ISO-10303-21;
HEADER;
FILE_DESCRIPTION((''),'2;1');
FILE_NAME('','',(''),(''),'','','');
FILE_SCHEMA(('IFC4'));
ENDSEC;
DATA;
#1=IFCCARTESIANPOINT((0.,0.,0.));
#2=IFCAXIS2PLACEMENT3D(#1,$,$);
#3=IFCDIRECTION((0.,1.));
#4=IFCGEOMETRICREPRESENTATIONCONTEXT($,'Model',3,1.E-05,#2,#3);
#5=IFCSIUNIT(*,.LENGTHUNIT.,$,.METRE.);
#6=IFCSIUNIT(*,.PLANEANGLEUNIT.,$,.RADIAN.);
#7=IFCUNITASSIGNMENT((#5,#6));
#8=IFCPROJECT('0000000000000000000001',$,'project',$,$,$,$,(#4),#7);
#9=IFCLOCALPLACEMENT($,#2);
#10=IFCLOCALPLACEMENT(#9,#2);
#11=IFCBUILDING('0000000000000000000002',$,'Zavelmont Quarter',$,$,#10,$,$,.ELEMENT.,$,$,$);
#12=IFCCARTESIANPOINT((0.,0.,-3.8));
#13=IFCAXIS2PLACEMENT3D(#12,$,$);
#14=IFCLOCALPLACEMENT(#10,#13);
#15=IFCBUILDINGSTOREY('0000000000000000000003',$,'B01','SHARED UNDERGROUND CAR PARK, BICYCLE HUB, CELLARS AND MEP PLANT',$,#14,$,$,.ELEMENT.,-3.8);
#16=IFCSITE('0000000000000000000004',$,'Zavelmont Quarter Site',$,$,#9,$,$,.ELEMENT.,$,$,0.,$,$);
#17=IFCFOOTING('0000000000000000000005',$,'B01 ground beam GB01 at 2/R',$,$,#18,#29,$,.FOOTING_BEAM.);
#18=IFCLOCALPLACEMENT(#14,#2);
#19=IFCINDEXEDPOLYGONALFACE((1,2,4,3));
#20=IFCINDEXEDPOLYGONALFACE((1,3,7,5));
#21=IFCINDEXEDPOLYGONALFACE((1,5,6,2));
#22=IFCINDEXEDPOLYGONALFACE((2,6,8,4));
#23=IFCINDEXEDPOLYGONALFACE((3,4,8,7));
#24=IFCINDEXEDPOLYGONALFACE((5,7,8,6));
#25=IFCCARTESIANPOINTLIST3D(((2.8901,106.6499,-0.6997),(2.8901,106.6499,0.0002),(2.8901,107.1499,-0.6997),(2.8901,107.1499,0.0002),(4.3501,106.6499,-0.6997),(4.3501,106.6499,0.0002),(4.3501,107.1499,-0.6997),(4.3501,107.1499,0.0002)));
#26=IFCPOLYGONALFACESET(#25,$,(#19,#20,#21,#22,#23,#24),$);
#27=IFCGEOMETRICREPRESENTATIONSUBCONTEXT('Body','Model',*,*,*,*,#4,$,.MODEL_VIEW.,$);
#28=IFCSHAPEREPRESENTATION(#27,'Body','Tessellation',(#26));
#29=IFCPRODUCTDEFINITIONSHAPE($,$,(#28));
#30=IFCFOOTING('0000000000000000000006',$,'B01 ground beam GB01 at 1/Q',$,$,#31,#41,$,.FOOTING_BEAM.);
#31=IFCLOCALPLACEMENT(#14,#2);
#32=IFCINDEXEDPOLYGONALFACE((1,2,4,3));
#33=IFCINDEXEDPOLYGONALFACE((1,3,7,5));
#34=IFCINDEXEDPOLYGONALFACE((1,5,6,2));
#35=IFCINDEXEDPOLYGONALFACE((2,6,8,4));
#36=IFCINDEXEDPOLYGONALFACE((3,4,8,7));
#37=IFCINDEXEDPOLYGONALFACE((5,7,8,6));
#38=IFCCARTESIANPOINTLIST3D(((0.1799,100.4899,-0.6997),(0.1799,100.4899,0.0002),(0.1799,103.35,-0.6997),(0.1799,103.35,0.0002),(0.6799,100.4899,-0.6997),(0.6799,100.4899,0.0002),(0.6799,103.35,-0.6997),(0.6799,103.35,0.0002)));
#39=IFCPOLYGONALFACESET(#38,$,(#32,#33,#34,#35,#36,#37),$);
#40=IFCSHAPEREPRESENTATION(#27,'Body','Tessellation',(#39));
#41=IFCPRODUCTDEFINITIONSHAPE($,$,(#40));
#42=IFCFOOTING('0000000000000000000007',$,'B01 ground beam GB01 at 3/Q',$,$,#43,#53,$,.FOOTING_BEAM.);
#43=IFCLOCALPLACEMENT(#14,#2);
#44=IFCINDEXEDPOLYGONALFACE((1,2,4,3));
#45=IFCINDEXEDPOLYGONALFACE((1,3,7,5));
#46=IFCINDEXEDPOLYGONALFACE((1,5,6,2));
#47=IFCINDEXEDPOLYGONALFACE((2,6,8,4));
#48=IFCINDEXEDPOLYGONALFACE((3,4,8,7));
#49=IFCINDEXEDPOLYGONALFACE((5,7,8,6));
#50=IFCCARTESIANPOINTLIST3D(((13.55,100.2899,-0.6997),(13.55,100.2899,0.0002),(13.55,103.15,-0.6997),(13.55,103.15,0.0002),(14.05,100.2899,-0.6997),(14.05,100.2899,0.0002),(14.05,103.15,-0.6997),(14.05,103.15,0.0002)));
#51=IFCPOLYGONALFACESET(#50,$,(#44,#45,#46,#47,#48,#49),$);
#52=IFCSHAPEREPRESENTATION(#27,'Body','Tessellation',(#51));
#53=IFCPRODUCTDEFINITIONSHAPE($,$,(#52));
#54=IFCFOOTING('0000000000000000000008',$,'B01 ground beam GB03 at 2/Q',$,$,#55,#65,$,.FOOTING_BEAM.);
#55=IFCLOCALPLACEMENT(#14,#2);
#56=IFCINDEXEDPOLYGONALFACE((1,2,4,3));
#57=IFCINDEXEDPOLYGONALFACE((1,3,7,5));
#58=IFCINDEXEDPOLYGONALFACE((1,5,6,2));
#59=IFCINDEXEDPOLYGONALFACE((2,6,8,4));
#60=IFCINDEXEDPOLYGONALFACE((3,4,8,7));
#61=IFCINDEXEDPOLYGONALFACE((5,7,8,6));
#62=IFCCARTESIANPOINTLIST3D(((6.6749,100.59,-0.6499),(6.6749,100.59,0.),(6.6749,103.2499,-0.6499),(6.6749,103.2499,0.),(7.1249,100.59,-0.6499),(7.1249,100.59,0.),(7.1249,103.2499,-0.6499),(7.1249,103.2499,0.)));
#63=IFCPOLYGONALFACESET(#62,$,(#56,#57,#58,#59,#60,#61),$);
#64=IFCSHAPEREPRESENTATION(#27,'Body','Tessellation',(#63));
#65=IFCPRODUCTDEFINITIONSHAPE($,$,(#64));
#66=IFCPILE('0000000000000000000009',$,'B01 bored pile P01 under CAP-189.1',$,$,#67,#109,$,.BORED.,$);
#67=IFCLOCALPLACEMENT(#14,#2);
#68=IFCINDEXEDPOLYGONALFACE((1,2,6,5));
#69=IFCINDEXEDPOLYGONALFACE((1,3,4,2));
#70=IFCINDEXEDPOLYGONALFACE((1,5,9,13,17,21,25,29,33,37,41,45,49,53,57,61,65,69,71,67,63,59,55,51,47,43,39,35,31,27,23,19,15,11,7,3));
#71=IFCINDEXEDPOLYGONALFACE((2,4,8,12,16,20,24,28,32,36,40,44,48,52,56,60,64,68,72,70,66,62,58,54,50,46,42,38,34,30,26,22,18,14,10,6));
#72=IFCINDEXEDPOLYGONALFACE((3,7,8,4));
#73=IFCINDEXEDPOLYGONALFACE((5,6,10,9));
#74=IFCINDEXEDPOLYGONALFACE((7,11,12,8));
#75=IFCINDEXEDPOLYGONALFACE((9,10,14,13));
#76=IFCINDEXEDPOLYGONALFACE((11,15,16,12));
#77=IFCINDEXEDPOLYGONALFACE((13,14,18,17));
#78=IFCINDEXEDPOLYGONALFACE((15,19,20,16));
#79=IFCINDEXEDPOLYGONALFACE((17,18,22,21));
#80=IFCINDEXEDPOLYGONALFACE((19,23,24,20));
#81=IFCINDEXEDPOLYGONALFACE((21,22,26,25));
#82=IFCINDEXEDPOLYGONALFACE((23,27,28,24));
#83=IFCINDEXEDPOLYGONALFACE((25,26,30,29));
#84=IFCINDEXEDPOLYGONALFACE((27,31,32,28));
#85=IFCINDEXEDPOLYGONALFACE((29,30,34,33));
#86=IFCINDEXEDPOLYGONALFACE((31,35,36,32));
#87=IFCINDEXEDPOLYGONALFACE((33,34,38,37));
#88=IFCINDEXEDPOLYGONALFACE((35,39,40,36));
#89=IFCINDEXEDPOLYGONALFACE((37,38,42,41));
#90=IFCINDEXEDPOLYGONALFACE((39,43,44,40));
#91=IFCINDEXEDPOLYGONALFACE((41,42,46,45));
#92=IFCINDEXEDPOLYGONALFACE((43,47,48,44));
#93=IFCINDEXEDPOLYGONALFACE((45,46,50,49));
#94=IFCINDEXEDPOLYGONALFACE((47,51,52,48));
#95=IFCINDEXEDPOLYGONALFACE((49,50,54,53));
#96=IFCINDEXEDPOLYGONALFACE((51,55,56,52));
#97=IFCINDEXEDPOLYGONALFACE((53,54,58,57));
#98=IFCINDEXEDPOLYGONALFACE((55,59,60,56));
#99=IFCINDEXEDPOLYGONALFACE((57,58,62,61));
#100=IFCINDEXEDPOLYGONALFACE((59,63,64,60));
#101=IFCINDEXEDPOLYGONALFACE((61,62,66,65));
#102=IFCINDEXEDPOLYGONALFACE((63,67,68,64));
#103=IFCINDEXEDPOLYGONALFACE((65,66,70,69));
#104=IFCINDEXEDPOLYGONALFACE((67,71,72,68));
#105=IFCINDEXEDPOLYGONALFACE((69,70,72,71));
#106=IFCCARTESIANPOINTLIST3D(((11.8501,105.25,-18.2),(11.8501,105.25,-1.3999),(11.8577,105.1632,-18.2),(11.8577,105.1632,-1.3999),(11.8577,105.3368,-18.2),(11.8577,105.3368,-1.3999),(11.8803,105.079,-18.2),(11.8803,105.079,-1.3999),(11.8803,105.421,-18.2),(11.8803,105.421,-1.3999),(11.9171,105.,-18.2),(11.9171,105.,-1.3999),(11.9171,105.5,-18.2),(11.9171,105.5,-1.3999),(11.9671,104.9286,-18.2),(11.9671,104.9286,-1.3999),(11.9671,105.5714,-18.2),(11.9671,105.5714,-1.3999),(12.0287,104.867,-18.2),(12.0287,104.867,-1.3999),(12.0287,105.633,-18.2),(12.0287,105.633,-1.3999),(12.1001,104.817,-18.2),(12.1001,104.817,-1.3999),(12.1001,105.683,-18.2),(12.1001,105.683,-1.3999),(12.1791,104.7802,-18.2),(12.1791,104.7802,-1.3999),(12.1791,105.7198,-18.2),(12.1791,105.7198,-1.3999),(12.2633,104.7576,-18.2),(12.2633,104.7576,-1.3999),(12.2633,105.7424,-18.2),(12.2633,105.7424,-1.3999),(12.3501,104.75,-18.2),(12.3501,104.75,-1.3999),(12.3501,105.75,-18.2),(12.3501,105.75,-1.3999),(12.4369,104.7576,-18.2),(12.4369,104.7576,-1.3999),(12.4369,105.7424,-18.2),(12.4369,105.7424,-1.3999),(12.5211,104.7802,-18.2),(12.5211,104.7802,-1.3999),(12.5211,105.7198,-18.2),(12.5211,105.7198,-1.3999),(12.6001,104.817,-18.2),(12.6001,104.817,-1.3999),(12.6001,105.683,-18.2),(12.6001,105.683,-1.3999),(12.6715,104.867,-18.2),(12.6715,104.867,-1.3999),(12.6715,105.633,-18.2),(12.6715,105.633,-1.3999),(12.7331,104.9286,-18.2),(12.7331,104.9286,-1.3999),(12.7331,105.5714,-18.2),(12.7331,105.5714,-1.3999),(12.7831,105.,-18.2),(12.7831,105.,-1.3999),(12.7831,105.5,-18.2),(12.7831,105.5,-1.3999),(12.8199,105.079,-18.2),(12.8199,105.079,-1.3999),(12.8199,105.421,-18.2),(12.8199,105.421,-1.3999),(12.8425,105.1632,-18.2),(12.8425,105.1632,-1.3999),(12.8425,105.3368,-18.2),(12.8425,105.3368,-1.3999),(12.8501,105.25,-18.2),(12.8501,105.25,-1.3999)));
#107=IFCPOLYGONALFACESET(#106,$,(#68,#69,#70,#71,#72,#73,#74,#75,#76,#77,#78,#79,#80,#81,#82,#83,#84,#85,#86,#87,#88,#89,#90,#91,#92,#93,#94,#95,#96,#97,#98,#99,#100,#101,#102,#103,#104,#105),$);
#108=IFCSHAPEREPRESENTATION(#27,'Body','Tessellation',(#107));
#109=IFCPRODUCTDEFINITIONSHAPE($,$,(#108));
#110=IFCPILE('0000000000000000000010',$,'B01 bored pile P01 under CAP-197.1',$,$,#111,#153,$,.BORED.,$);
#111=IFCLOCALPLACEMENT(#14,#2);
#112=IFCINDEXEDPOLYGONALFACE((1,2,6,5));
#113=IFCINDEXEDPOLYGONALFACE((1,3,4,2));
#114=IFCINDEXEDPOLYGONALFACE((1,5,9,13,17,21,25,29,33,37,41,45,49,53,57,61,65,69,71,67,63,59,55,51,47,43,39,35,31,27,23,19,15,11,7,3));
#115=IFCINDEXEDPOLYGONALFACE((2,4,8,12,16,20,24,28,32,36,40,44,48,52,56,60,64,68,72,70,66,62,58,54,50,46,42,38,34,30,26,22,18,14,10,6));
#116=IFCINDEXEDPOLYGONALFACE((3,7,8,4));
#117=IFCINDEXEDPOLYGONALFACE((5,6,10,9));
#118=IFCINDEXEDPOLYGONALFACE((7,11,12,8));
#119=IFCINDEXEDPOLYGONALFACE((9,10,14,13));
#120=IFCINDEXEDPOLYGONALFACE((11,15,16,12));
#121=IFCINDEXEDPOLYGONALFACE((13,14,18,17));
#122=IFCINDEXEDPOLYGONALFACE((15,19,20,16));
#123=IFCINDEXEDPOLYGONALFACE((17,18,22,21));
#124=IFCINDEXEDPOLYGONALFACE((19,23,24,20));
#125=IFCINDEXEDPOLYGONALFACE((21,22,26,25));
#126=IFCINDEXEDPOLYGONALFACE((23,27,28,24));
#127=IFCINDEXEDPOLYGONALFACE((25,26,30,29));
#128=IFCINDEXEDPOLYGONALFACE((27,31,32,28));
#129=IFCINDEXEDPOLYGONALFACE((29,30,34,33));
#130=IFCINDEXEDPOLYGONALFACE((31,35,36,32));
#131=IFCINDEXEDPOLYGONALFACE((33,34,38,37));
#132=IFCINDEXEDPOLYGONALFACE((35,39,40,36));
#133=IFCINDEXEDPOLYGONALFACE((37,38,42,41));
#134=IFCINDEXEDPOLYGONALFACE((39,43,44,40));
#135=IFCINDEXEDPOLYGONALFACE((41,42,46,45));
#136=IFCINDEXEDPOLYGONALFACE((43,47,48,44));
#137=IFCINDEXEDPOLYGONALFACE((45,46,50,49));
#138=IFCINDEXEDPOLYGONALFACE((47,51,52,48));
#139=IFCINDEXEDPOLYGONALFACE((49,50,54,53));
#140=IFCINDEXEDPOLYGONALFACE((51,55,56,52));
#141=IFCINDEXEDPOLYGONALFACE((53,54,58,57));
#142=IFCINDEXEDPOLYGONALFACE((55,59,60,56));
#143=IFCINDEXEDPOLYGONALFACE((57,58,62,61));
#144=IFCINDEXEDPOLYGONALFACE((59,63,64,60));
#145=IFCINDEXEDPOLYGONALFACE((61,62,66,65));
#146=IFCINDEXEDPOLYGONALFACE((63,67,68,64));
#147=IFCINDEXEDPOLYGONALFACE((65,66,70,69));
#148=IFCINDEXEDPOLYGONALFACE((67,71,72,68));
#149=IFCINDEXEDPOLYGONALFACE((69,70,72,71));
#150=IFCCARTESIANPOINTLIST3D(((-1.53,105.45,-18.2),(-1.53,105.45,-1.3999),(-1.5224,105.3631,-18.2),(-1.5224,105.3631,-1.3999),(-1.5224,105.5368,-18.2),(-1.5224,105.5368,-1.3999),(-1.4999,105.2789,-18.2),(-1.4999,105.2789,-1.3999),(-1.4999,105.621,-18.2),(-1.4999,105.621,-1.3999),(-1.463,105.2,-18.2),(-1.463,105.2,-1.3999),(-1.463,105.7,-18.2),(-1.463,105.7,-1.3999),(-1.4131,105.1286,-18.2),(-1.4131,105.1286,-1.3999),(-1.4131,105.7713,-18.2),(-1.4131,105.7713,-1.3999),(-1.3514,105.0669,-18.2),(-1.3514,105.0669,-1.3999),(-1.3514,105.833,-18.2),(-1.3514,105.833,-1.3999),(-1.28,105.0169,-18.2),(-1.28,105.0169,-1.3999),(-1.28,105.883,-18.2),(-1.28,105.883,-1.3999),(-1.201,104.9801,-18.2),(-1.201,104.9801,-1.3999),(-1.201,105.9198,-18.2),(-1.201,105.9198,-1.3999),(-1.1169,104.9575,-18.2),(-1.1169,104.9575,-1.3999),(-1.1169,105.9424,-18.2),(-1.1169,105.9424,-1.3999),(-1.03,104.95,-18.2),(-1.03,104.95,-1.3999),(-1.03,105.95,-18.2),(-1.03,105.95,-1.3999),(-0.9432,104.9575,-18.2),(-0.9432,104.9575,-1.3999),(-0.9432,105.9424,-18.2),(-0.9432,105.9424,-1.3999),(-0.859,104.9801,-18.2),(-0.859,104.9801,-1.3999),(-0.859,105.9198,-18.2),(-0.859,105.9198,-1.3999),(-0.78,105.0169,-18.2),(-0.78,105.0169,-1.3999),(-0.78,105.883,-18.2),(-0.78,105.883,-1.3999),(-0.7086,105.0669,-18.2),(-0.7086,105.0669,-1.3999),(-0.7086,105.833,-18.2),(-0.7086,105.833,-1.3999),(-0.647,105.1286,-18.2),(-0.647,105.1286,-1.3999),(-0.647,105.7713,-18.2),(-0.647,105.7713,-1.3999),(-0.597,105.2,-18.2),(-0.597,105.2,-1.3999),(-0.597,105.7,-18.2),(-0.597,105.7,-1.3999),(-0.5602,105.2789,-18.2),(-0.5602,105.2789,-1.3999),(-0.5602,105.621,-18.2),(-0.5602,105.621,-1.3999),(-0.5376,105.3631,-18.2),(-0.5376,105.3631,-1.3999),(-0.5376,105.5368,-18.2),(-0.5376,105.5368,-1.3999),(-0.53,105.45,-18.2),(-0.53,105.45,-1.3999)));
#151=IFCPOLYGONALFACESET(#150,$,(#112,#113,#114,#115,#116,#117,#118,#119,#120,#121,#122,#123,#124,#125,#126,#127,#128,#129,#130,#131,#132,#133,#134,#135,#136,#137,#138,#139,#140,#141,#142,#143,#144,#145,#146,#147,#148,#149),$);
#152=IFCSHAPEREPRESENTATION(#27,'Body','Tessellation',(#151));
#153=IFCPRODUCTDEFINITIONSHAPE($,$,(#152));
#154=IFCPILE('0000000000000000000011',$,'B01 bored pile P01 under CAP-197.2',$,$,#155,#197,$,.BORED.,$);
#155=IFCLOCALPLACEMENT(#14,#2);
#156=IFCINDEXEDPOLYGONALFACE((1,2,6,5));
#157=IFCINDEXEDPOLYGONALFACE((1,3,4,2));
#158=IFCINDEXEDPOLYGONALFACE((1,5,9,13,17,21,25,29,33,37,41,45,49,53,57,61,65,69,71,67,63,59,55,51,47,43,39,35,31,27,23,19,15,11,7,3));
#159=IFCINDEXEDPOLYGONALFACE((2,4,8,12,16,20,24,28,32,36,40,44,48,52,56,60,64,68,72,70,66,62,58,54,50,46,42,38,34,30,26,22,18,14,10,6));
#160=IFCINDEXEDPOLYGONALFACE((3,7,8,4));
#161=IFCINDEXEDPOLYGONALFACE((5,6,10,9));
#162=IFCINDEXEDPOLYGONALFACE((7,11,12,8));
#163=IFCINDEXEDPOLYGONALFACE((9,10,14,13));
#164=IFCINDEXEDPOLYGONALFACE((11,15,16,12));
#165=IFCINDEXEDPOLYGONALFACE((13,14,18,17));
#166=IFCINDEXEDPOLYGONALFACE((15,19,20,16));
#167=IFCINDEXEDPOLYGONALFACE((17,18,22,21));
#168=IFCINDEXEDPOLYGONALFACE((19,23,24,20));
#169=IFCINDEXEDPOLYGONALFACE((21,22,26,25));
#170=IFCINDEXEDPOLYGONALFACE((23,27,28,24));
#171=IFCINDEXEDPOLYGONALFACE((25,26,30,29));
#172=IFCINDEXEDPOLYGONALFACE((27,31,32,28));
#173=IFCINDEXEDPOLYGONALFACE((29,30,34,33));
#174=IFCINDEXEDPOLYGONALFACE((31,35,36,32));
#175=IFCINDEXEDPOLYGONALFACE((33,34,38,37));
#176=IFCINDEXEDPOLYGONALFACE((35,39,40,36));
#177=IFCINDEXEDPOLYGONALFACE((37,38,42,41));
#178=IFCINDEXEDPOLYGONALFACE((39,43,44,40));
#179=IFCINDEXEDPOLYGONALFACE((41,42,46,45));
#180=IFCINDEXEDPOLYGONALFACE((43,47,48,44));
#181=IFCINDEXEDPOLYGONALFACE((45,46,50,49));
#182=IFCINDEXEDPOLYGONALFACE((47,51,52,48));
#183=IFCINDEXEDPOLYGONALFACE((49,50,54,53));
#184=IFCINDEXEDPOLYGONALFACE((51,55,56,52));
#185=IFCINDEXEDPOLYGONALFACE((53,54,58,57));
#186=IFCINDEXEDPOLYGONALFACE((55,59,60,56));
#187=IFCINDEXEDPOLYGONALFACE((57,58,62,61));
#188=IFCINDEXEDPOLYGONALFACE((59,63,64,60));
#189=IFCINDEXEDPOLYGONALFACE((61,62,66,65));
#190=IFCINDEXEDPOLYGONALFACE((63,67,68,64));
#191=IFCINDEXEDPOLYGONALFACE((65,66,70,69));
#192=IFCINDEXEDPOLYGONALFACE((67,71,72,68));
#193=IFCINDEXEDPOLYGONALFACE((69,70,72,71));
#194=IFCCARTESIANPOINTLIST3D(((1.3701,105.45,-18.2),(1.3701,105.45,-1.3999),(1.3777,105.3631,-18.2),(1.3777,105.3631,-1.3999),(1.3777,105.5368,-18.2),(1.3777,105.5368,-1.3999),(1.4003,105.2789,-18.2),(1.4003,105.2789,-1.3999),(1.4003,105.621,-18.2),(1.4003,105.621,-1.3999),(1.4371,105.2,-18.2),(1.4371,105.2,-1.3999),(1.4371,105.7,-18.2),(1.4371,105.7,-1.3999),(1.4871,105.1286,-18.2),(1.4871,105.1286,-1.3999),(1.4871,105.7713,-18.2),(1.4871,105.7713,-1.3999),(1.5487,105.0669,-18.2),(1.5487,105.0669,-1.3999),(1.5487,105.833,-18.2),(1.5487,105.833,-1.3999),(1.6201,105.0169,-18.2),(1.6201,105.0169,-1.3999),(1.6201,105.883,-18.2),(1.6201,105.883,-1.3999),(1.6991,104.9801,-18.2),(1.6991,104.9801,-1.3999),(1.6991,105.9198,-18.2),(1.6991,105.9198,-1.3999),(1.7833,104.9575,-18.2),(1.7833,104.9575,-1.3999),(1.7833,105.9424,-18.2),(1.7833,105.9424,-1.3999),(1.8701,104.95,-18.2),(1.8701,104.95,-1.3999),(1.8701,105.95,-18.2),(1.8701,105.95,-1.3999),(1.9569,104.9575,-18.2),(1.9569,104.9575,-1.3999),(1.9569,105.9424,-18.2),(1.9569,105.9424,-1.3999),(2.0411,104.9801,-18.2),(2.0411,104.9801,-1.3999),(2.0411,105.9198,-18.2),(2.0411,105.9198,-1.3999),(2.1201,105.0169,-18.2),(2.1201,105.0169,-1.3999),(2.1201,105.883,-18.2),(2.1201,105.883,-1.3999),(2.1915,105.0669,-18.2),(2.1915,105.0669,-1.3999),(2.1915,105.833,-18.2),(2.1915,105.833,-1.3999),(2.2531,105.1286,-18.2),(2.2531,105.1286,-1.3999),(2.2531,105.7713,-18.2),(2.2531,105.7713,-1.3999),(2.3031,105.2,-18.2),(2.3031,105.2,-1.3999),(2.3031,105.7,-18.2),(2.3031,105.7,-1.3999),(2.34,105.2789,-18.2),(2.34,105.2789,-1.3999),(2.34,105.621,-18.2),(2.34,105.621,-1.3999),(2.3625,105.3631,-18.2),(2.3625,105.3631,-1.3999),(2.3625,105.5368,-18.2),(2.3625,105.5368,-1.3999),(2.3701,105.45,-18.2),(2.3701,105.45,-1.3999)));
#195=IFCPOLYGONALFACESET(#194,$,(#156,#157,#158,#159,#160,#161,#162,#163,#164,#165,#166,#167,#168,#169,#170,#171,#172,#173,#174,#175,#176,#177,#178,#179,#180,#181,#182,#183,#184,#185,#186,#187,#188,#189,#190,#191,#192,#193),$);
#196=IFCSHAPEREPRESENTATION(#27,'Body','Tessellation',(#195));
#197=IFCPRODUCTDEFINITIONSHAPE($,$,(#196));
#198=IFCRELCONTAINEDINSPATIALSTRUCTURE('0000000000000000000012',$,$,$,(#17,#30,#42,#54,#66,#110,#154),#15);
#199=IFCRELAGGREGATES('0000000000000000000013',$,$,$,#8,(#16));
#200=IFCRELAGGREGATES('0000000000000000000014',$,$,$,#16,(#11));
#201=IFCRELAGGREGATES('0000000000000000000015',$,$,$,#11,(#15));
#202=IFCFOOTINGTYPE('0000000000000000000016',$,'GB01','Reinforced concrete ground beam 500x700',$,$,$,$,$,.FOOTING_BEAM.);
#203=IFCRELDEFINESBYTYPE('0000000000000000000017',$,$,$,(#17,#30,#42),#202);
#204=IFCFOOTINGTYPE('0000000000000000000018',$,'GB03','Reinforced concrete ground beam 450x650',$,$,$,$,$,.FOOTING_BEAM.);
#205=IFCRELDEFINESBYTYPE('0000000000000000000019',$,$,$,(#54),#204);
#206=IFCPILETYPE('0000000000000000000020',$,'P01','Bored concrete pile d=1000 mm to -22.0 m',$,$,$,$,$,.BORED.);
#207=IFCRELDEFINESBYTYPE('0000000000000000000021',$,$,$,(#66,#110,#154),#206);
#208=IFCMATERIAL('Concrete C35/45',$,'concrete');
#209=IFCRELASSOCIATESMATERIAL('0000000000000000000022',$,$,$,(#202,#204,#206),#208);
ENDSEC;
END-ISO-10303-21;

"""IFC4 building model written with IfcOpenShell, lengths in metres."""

from ifc_helpers import new_model, si_unit, direction, frame, origin, origin_2d, place, context, subcontext, project, spatial, rectangle, circle, extrude, material, material_profile, profile_set, type_object, element, save


model = new_model("IFC4")

# Units and contexts
model_context = context("Model", 3, precision=1e-05, world=origin(), true_north=direction((0.0, 1.0)))
body_context = subcontext(model_context, "Body", "Model", "MODEL_VIEW")
ifc_project = project(units=[si_unit("LENGTHUNIT", "METRE"), si_unit("PLANEANGLEUNIT", "RADIAN")], contexts=[model_context])

# Site, building, storey
site_placement = place(None, origin())
site = spatial("IfcSite", under=ifc_project, at=site_placement, Name="Zavelmont Quarter Site", CompositionType="ELEMENT", RefElevation=0.0)
building_placement = place(site_placement, origin())
building = spatial("IfcBuilding", under=site, at=building_placement, Name="Zavelmont Quarter", CompositionType="ELEMENT")
storey_placement = place(building_placement, frame((0.0, 0.0, -3.8)))
storey = spatial("IfcBuildingStorey", under=building, at=storey_placement, Name="B01", Description="SHARED UNDERGROUND CAR PARK, BICYCLE HUB, CELLARS AND MEP PLANT", CompositionType="ELEMENT", Elevation=-3.8)

# Footings
ifc_material_1 = material(Name="Concrete C35/45", Category="concrete")
footing_type_1 = type_object("IfcFootingType", Name="GB01", Description="Reinforced concrete ground beam 500x700", PredefinedType="FOOTING_BEAM", material=ifc_material_1)
footing_1_placement = place(storey_placement, frame((3.6201, 106.8999, -0.6997), z_axis=(0.0, 0.0, 1.0), x_axis=(1.0, 0.0, 0.0)))
element("IfcFooting", 1, at=footing_1_placement, inside=storey, type_object=footing_type_1, Name="B01 ground beam GB01 at 2/R", PredefinedType="FOOTING_BEAM", context=body_context, shape_type="SweptSolid", body=[
    extrude(rectangle(XDim=1.46, YDim=0.5, at=origin_2d()), origin(), (0.0, 0.0, 1.0), 0.7),
])
for number, where, z_axis, x_axis, name in (
    (2, (0.4299, 101.9199, -0.6997), (0.0, 0.0, 1.0), (0.0, 1.0, 0.0), "B01 ground beam GB01 at 1/Q"),
    (3, (13.8, 101.72, -0.6997), (0.0, 0.0, 1.0), (0.0, 1.0, 0.0), "B01 ground beam GB01 at 3/Q"),
):
    element("IfcFooting", number, at=place(storey_placement, frame(where, z_axis=z_axis, x_axis=x_axis)), inside=storey, type_object=footing_type_1, Name=name, PredefinedType="FOOTING_BEAM", context=body_context, shape_type="SweptSolid", body=[
        extrude(rectangle(XDim=2.8601, YDim=0.5, at=origin_2d()), origin(), (0.0, 0.0, 1.0), 0.7),
    ])
footing_type_2 = type_object("IfcFootingType", Name="GB03", Description="Reinforced concrete ground beam 450x650", PredefinedType="FOOTING_BEAM", material=ifc_material_1)
footing_2_placement = place(storey_placement, frame((6.8999, 101.9199, -0.6499), z_axis=(0.0, 0.0, 1.0), x_axis=(0.0, 1.0, 0.0)))
element("IfcFooting", 4, at=footing_2_placement, inside=storey, type_object=footing_type_2, Name="B01 ground beam GB03 at 2/Q", PredefinedType="FOOTING_BEAM", context=body_context, shape_type="SweptSolid", body=[
    extrude(rectangle(XDim=2.6599, YDim=0.45, at=origin_2d()), origin(), (0.0, 0.0, 1.0), 0.6499),
])

# Piles
ifc_material_profile_1 = material_profile(ifc_material_1, circle(Radius=0.5, at=origin_2d()), Name="BP1000")
ifc_profile_set_1 = profile_set([ifc_material_profile_1], Name="Concrete C35/45")
pile_type = type_object("IfcPileType", Name="P01", Description="Bored concrete pile d=1000 mm to -22.0 m", PredefinedType="BORED", material=ifc_profile_set_1)
for number, where, z_axis, x_axis, name in (
    (5, (12.3501, 105.25, -1.3999), (0.0, 0.0, -1.0), (1.0, 0.0, 0.0), "B01 bored pile P01 under CAP-189.1"),
    (6, (-1.03, 105.45, -1.3999), (0.0, 0.0, -1.0), (1.0, 0.0, 0.0), "B01 bored pile P01 under CAP-197.1"),
    (7, (1.8701, 105.45, -1.3999), (0.0, 0.0, -1.0), (1.0, 0.0, 0.0), "B01 bored pile P01 under CAP-197.2"),
):
    element("IfcPile", number, at=place(storey_placement, frame(where, z_axis=z_axis, x_axis=x_axis)), inside=storey, type_object=pile_type, Name=name, PredefinedType="BORED", context=body_context, shape_type="SweptSolid", body=[
        extrude(circle(Radius=0.5, at=origin_2d()), origin(), (0.0, 0.0, 1.0), 16.8),
    ])

save(model, "model.ifc")
